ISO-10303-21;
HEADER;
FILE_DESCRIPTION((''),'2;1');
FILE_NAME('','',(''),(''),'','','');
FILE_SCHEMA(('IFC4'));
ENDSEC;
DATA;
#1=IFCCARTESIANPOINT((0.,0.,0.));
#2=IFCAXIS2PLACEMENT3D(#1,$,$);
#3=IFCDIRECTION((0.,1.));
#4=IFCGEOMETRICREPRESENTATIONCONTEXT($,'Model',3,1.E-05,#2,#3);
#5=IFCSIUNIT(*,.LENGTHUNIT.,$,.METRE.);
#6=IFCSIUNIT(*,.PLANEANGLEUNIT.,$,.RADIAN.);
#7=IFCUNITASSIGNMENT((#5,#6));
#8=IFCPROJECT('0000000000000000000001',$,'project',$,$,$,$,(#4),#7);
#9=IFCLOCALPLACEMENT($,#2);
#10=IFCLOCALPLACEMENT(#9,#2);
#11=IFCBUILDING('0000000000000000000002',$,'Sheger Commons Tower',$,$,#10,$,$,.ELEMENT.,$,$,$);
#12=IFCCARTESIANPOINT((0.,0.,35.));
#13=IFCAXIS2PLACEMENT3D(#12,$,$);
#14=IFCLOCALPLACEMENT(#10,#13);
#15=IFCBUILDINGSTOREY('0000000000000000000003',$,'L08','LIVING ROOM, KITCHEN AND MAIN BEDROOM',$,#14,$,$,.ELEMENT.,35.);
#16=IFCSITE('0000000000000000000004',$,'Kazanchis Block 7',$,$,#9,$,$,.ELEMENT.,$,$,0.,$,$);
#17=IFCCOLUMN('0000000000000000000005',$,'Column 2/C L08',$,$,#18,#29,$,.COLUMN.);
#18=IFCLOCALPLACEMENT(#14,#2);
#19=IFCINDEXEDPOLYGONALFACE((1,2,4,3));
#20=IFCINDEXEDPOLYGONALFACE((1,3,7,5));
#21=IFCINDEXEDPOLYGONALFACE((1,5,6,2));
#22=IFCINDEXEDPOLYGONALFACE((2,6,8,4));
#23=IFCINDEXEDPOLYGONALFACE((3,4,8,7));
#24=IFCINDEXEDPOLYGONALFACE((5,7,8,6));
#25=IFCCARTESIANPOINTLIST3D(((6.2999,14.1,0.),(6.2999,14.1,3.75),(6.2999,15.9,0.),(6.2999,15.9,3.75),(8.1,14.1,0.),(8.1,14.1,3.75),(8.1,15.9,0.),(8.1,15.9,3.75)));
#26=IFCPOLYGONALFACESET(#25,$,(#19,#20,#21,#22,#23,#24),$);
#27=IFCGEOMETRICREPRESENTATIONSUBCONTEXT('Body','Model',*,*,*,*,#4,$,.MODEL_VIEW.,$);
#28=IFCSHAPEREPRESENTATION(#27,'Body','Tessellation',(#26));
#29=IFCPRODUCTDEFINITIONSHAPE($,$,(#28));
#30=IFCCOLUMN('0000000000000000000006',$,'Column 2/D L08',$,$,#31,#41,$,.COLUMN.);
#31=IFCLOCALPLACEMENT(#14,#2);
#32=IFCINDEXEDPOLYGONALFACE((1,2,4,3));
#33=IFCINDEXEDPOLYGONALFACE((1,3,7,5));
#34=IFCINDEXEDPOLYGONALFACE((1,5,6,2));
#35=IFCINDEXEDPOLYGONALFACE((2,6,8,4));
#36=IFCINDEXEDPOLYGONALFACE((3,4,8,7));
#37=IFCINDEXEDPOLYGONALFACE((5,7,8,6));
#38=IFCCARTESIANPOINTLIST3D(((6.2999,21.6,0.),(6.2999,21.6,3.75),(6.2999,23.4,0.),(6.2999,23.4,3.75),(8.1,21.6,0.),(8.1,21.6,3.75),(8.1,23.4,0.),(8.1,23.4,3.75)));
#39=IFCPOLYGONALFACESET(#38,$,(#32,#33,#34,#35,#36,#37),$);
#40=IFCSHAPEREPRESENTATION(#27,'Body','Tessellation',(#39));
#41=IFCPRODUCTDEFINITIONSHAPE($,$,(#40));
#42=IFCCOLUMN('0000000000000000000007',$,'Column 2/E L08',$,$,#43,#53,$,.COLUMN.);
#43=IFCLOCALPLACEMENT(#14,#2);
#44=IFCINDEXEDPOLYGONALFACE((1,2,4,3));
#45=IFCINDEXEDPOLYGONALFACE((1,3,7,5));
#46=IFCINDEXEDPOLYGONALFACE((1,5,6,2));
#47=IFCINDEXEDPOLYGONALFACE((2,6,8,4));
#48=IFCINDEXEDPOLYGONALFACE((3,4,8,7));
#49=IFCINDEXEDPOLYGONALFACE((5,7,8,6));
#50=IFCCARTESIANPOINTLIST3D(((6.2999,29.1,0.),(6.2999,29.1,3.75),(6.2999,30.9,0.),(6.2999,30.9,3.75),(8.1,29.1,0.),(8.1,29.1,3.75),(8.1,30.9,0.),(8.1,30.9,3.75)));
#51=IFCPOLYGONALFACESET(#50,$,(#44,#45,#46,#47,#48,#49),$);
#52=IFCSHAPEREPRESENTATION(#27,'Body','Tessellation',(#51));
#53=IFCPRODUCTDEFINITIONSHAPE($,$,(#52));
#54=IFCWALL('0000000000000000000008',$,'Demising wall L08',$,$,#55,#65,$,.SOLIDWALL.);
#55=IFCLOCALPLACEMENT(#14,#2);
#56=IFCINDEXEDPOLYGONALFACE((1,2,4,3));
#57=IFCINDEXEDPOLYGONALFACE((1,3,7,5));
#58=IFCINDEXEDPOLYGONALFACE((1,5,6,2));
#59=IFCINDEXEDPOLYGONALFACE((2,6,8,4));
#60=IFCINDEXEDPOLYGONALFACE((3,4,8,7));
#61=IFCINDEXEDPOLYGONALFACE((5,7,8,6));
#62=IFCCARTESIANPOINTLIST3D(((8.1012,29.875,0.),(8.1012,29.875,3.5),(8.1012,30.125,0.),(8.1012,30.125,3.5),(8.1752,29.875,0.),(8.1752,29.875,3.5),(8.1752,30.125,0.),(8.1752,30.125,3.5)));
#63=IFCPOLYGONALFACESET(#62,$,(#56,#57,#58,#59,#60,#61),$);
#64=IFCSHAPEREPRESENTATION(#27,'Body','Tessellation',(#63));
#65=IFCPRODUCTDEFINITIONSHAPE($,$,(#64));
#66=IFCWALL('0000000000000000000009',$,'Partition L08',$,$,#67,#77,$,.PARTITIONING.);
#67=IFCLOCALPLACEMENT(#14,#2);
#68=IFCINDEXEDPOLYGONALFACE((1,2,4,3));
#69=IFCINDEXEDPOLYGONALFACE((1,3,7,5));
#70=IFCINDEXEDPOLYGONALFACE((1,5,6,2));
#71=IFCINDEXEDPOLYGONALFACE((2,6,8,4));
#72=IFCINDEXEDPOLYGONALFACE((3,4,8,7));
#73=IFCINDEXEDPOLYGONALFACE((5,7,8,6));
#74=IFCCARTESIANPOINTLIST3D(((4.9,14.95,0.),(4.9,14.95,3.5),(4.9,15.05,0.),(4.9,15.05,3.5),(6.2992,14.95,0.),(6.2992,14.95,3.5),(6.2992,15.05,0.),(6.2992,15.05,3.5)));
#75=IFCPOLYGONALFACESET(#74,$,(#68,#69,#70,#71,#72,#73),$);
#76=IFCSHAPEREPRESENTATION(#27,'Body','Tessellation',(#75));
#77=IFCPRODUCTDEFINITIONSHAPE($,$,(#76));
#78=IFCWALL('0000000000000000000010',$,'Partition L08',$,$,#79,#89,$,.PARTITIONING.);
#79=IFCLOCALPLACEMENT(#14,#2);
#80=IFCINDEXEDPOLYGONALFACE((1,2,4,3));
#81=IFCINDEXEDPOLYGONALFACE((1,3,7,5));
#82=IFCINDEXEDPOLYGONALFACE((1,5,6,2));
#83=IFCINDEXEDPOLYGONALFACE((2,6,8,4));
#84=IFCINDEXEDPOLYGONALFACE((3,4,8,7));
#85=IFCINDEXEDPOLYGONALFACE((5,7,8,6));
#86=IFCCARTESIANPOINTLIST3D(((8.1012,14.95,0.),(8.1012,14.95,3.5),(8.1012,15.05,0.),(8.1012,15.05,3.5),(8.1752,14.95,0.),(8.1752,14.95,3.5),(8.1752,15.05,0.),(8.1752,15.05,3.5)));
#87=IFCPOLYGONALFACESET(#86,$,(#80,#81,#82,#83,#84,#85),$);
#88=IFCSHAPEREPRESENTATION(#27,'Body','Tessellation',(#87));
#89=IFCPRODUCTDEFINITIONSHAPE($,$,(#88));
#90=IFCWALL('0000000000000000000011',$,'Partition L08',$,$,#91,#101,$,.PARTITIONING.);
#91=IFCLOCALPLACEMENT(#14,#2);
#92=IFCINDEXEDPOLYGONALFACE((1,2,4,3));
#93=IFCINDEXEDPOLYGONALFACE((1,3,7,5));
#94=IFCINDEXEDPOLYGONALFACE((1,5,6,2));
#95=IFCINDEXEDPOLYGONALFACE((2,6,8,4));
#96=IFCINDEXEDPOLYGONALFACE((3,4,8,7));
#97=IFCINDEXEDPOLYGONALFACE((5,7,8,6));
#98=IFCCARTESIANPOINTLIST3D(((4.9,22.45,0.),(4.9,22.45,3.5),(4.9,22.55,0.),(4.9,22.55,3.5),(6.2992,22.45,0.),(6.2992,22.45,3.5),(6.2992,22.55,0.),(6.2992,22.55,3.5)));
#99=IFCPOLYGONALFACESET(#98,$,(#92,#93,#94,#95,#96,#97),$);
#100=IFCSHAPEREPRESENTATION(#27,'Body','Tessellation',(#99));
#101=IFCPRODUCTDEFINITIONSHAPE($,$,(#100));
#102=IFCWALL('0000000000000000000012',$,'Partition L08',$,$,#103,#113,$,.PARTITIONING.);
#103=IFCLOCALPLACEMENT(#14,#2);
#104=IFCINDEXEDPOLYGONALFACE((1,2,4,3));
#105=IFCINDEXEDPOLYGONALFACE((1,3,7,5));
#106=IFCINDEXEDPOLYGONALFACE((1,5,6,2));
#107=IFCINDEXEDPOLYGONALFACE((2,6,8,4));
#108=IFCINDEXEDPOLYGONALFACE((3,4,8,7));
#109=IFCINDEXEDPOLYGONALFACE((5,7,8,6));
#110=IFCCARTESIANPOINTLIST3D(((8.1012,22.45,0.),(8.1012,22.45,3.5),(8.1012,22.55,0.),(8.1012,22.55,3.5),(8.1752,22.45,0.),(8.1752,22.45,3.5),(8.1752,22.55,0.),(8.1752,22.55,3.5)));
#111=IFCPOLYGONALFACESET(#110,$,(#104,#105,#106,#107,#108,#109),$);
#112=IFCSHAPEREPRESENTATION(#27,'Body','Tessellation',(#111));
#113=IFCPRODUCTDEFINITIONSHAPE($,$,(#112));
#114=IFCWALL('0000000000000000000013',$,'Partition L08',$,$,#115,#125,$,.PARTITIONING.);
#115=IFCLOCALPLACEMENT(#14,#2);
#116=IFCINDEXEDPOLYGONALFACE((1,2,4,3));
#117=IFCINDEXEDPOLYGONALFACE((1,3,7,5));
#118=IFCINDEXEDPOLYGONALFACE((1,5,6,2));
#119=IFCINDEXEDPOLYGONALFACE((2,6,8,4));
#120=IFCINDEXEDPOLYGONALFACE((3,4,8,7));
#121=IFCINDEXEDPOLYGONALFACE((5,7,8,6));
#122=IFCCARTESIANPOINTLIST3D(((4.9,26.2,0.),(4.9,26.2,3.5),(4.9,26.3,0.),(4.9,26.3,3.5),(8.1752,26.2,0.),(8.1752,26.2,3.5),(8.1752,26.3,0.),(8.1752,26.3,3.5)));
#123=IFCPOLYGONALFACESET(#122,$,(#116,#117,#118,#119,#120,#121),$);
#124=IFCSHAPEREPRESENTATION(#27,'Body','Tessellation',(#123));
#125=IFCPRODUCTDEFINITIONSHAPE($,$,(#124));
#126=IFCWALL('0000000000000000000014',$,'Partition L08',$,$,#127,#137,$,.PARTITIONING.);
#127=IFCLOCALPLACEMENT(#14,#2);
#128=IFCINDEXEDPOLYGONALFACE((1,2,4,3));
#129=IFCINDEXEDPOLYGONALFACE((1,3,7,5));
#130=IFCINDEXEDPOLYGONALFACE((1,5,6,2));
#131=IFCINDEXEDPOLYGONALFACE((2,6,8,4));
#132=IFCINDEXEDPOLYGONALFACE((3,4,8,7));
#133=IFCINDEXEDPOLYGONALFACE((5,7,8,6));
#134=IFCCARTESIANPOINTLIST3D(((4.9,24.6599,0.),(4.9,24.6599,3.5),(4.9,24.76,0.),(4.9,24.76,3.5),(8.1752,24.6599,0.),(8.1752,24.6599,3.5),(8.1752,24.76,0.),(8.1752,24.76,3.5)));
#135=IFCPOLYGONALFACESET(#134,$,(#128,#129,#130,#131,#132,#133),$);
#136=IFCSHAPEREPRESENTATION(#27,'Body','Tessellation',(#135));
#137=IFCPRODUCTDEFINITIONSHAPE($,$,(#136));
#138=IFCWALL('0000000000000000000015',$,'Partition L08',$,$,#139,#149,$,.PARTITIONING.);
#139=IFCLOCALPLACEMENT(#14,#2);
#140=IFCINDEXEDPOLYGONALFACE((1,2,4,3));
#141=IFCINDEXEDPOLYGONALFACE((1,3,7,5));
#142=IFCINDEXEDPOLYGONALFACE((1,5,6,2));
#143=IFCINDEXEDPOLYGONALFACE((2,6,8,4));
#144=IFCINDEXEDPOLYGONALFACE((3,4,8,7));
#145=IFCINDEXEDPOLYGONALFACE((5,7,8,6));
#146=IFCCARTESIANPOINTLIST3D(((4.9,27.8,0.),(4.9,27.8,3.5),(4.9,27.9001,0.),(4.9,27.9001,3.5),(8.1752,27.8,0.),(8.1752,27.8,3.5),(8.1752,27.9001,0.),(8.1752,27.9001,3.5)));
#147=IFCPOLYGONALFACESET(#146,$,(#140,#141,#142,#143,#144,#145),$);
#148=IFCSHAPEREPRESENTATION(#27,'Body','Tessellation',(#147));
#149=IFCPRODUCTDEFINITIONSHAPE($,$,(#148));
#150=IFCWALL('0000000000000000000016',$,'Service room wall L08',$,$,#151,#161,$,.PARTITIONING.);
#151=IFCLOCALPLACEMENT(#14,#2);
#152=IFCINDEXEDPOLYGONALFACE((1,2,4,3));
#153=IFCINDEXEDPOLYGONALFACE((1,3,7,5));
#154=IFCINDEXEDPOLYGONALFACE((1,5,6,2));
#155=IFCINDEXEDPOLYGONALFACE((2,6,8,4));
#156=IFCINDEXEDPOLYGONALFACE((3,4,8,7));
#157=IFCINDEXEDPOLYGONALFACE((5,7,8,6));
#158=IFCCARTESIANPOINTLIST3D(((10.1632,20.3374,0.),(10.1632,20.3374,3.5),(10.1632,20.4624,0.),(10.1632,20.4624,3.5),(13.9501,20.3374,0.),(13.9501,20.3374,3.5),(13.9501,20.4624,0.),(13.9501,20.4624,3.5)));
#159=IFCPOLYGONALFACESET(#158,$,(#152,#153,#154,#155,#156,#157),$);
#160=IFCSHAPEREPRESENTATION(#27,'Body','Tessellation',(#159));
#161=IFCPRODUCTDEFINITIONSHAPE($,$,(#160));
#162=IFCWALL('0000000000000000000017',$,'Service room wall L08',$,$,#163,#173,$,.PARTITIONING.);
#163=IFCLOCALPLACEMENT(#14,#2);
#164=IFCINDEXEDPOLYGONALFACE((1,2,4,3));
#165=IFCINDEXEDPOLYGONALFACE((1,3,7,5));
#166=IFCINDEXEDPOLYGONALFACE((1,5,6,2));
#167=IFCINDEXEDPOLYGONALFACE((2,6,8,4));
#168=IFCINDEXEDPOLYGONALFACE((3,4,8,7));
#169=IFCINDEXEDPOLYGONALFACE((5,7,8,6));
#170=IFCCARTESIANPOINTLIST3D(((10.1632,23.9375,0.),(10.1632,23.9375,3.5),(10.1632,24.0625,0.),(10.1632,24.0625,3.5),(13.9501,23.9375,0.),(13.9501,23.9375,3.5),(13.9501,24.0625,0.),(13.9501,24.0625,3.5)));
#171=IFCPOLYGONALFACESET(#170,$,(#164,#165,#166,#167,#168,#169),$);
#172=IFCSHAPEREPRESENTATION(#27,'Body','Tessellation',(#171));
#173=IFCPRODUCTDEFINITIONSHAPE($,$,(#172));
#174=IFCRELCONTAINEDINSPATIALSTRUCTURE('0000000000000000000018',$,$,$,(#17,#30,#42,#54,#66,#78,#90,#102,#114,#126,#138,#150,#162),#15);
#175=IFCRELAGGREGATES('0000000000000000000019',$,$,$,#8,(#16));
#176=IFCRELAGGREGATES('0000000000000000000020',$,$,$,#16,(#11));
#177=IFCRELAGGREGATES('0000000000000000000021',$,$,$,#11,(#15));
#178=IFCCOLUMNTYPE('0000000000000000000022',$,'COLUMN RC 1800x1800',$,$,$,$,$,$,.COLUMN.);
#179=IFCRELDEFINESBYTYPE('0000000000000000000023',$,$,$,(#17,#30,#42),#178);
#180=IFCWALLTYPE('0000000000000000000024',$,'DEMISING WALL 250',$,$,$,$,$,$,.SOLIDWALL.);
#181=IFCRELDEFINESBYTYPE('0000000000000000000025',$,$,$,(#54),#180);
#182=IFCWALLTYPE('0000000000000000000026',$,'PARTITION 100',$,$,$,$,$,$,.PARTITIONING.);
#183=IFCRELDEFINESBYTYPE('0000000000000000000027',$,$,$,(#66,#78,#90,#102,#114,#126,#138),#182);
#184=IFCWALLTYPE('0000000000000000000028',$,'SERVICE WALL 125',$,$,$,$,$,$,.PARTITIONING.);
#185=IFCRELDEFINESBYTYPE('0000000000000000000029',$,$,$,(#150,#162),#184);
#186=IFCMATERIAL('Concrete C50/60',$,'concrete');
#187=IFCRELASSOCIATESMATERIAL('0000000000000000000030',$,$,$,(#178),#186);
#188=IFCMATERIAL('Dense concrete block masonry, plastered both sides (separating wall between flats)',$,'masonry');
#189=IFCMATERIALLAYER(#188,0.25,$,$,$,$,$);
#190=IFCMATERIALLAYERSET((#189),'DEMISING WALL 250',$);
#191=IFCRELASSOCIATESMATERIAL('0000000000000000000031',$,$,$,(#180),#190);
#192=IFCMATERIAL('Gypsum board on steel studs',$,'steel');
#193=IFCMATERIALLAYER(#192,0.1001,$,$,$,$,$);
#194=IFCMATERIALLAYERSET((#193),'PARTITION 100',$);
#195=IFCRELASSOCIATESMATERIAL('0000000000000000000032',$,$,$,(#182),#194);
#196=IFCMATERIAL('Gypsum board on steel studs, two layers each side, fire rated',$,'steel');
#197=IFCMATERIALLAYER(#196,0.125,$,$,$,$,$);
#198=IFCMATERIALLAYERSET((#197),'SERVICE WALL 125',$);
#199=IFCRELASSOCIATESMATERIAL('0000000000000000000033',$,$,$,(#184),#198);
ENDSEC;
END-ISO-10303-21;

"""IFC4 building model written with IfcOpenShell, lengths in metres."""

from ifc_helpers import new_model, si_unit, direction, frame, frame_2d, origin, origin_2d, place, context, subcontext, project, spatial, rectangle, extrude, material, layer, layer_set, material_profile, profile_set, type_object, element, save


model = new_model("IFC4")

# Units and contexts
model_context = context("Model", 3, precision=1e-05, world=origin(), true_north=direction((0.0, 1.0)))
body_context = subcontext(model_context, "Body", "Model", "MODEL_VIEW")
ifc_project = project(units=[si_unit("LENGTHUNIT", "METRE"), si_unit("PLANEANGLEUNIT", "RADIAN")], contexts=[model_context])

# Site, building, storey
site_placement = place(None, origin())
site = spatial("IfcSite", under=ifc_project, at=site_placement, Name="Kazanchis Block 7", CompositionType="ELEMENT", RefElevation=0.0)
building_placement = place(site_placement, origin())
building = spatial("IfcBuilding", under=site, at=building_placement, Name="Sheger Commons Tower", CompositionType="ELEMENT")
storey_placement = place(building_placement, frame((0.0, 0.0, 35.0)))
storey = spatial("IfcBuildingStorey", under=building, at=storey_placement, Name="L08", Description="LIVING ROOM, KITCHEN AND MAIN BEDROOM", CompositionType="ELEMENT", Elevation=35.0)

# Columns
ifc_material_1 = material(Name="Concrete C50/60", Category="concrete")
ifc_material_profile = material_profile(ifc_material_1, rectangle(XDim=1.8, YDim=1.8, at=origin_2d()), Name="RC 1800x1800")
ifc_profile_set = profile_set([ifc_material_profile], Name="Concrete C50/60")
column_type = type_object("IfcColumnType", Name="COLUMN RC 1800x1800", PredefinedType="COLUMN", material=ifc_profile_set)
for number, where, z_axis, x_axis, name in (
    (1, (7.2, 15.0, 0.0), (0.0, 0.0, 1.0), (1.0, 0.0, 0.0), "Column 2/C L08"),
    (2, (7.2, 22.5, 0.0), (0.0, 0.0, 1.0), (1.0, 0.0, 0.0), "Column 2/D L08"),
    (3, (7.2, 30.0, 0.0), (0.0, 0.0, 1.0), (1.0, 0.0, 0.0), "Column 2/E L08"),
):
    element("IfcColumn", number, at=place(storey_placement, frame(where, z_axis=z_axis, x_axis=x_axis)), inside=storey, type_object=column_type, Name=name, PredefinedType="COLUMN", context=body_context, shape_type="SweptSolid", body=[
        extrude(rectangle(XDim=1.8, YDim=1.8, at=origin_2d()), origin(), (0.0, 0.0, 1.0), 3.75),
    ])

# Walls
ifc_material_2 = material(Name="Dense concrete block masonry, plastered both sides (separating wall between flats)", Category="masonry")
ifc_layer_1 = layer(ifc_material_2, 0.25)
ifc_layer_set_1 = layer_set([ifc_layer_1], Name="DEMISING WALL 250")
wall_type_1 = type_object("IfcWallType", Name="DEMISING WALL 250", PredefinedType="SOLIDWALL", material=ifc_layer_set_1)
wall_1_placement = place(storey_placement, frame((8.1011, 30.0, 0.0), z_axis=(0.0, 0.0, 1.0), x_axis=(1.0, 0.0, 0.0)))
element("IfcWall", 4, at=wall_1_placement, inside=storey, type_object=wall_type_1, Name="Demising wall L08", PredefinedType="SOLIDWALL", context=body_context, shape_type="SweptSolid", body=[
    extrude(rectangle(XDim=0.074, YDim=0.25, at=frame_2d((0.0371, 0.0))), origin(), (0.0, 0.0, 1.0), 3.5),
])
ifc_material_3 = material(Name="Gypsum board on steel studs", Category="steel")
ifc_layer_2 = layer(ifc_material_3, 0.1001)
ifc_layer_set_2 = layer_set([ifc_layer_2], Name="PARTITION 100")
wall_type_2 = type_object("IfcWallType", Name="PARTITION 100", PredefinedType="PARTITIONING", material=ifc_layer_set_2)
wall_2_placement = place(storey_placement, frame((4.8999, 15.0, 0.0), z_axis=(0.0, 0.0, 1.0), x_axis=(1.0, 0.0, 0.0)))
element("IfcWall", 5, at=wall_2_placement, inside=storey, type_object=wall_type_2, Name="Partition L08", PredefinedType="PARTITIONING", context=body_context, shape_type="SweptSolid", body=[
    extrude(rectangle(XDim=1.3992, YDim=0.1001, at=frame_2d((0.6997, 0.0))), origin(), (0.0, 0.0, 1.0), 3.5),
])
wall_3_placement = place(storey_placement, frame((8.1011, 15.0, 0.0), z_axis=(0.0, 0.0, 1.0), x_axis=(1.0, 0.0, 0.0)))
element("IfcWall", 6, at=wall_3_placement, inside=storey, type_object=wall_type_2, Name="Partition L08", PredefinedType="PARTITIONING", context=body_context, shape_type="SweptSolid", body=[
    extrude(rectangle(XDim=0.074, YDim=0.1001, at=frame_2d((0.0371, 0.0))), origin(), (0.0, 0.0, 1.0), 3.5),
])
wall_4_placement = place(storey_placement, frame((4.8999, 22.5, 0.0), z_axis=(0.0, 0.0, 1.0), x_axis=(1.0, 0.0, 0.0)))
element("IfcWall", 7, at=wall_4_placement, inside=storey, type_object=wall_type_2, Name="Partition L08", PredefinedType="PARTITIONING", context=body_context, shape_type="SweptSolid", body=[
    extrude(rectangle(XDim=1.3992, YDim=0.1001, at=frame_2d((0.6997, 0.0))), origin(), (0.0, 0.0, 1.0), 3.5),
])
wall_5_placement = place(storey_placement, frame((8.1011, 22.5, 0.0), z_axis=(0.0, 0.0, 1.0), x_axis=(1.0, 0.0, 0.0)))
element("IfcWall", 8, at=wall_5_placement, inside=storey, type_object=wall_type_2, Name="Partition L08", PredefinedType="PARTITIONING", context=body_context, shape_type="SweptSolid", body=[
    extrude(rectangle(XDim=0.074, YDim=0.1001, at=frame_2d((0.0371, 0.0))), origin(), (0.0, 0.0, 1.0), 3.5),
])
for number, where, z_axis, x_axis, name in (
    (9, (4.8999, 26.25, 0.0), (0.0, 0.0, 1.0), (1.0, 0.0, 0.0), "Partition L08"),
    (10, (4.8999, 24.71, 0.0), (0.0, 0.0, 1.0), (1.0, 0.0, 0.0), "Partition L08"),
    (11, (4.8999, 27.8501, 0.0), (0.0, 0.0, 1.0), (1.0, 0.0, 0.0), "Partition L08"),
):
    element("IfcWall", number, at=place(storey_placement, frame(where, z_axis=z_axis, x_axis=x_axis)), inside=storey, type_object=wall_type_2, Name=name, PredefinedType="PARTITIONING", context=body_context, shape_type="SweptSolid", body=[
        extrude(rectangle(XDim=3.2751, YDim=0.1001, at=frame_2d((1.6377, 0.0))), origin(), (0.0, 0.0, 1.0), 3.5),
    ])
ifc_material_4 = material(Name="Gypsum board on steel studs, two layers each side, fire rated", Category="steel")
ifc_layer_3 = layer(ifc_material_4, 0.125)
ifc_layer_set_3 = layer_set([ifc_layer_3], Name="SERVICE WALL 125")
wall_type_3 = type_object("IfcWallType", Name="SERVICE WALL 125", PredefinedType="PARTITIONING", material=ifc_layer_set_3)
for number, where, z_axis, x_axis, name in (
    (12, (10.1631, 20.3999, 0.0), (0.0, 0.0, 1.0), (1.0, 0.0, 0.0), "Service room wall L08"),
    (13, (10.1631, 24.0, 0.0), (0.0, 0.0, 1.0), (1.0, 0.0, 0.0), "Service room wall L08"),
):
    element("IfcWall", number, at=place(storey_placement, frame(where, z_axis=z_axis, x_axis=x_axis)), inside=storey, type_object=wall_type_3, Name=name, PredefinedType="PARTITIONING", context=body_context, shape_type="SweptSolid", body=[
        extrude(rectangle(XDim=3.7869, YDim=0.125, at=frame_2d((1.8936, 0.0))), origin(), (0.0, 0.0, 1.0), 3.5),
    ])

save(model, "model.ifc")
